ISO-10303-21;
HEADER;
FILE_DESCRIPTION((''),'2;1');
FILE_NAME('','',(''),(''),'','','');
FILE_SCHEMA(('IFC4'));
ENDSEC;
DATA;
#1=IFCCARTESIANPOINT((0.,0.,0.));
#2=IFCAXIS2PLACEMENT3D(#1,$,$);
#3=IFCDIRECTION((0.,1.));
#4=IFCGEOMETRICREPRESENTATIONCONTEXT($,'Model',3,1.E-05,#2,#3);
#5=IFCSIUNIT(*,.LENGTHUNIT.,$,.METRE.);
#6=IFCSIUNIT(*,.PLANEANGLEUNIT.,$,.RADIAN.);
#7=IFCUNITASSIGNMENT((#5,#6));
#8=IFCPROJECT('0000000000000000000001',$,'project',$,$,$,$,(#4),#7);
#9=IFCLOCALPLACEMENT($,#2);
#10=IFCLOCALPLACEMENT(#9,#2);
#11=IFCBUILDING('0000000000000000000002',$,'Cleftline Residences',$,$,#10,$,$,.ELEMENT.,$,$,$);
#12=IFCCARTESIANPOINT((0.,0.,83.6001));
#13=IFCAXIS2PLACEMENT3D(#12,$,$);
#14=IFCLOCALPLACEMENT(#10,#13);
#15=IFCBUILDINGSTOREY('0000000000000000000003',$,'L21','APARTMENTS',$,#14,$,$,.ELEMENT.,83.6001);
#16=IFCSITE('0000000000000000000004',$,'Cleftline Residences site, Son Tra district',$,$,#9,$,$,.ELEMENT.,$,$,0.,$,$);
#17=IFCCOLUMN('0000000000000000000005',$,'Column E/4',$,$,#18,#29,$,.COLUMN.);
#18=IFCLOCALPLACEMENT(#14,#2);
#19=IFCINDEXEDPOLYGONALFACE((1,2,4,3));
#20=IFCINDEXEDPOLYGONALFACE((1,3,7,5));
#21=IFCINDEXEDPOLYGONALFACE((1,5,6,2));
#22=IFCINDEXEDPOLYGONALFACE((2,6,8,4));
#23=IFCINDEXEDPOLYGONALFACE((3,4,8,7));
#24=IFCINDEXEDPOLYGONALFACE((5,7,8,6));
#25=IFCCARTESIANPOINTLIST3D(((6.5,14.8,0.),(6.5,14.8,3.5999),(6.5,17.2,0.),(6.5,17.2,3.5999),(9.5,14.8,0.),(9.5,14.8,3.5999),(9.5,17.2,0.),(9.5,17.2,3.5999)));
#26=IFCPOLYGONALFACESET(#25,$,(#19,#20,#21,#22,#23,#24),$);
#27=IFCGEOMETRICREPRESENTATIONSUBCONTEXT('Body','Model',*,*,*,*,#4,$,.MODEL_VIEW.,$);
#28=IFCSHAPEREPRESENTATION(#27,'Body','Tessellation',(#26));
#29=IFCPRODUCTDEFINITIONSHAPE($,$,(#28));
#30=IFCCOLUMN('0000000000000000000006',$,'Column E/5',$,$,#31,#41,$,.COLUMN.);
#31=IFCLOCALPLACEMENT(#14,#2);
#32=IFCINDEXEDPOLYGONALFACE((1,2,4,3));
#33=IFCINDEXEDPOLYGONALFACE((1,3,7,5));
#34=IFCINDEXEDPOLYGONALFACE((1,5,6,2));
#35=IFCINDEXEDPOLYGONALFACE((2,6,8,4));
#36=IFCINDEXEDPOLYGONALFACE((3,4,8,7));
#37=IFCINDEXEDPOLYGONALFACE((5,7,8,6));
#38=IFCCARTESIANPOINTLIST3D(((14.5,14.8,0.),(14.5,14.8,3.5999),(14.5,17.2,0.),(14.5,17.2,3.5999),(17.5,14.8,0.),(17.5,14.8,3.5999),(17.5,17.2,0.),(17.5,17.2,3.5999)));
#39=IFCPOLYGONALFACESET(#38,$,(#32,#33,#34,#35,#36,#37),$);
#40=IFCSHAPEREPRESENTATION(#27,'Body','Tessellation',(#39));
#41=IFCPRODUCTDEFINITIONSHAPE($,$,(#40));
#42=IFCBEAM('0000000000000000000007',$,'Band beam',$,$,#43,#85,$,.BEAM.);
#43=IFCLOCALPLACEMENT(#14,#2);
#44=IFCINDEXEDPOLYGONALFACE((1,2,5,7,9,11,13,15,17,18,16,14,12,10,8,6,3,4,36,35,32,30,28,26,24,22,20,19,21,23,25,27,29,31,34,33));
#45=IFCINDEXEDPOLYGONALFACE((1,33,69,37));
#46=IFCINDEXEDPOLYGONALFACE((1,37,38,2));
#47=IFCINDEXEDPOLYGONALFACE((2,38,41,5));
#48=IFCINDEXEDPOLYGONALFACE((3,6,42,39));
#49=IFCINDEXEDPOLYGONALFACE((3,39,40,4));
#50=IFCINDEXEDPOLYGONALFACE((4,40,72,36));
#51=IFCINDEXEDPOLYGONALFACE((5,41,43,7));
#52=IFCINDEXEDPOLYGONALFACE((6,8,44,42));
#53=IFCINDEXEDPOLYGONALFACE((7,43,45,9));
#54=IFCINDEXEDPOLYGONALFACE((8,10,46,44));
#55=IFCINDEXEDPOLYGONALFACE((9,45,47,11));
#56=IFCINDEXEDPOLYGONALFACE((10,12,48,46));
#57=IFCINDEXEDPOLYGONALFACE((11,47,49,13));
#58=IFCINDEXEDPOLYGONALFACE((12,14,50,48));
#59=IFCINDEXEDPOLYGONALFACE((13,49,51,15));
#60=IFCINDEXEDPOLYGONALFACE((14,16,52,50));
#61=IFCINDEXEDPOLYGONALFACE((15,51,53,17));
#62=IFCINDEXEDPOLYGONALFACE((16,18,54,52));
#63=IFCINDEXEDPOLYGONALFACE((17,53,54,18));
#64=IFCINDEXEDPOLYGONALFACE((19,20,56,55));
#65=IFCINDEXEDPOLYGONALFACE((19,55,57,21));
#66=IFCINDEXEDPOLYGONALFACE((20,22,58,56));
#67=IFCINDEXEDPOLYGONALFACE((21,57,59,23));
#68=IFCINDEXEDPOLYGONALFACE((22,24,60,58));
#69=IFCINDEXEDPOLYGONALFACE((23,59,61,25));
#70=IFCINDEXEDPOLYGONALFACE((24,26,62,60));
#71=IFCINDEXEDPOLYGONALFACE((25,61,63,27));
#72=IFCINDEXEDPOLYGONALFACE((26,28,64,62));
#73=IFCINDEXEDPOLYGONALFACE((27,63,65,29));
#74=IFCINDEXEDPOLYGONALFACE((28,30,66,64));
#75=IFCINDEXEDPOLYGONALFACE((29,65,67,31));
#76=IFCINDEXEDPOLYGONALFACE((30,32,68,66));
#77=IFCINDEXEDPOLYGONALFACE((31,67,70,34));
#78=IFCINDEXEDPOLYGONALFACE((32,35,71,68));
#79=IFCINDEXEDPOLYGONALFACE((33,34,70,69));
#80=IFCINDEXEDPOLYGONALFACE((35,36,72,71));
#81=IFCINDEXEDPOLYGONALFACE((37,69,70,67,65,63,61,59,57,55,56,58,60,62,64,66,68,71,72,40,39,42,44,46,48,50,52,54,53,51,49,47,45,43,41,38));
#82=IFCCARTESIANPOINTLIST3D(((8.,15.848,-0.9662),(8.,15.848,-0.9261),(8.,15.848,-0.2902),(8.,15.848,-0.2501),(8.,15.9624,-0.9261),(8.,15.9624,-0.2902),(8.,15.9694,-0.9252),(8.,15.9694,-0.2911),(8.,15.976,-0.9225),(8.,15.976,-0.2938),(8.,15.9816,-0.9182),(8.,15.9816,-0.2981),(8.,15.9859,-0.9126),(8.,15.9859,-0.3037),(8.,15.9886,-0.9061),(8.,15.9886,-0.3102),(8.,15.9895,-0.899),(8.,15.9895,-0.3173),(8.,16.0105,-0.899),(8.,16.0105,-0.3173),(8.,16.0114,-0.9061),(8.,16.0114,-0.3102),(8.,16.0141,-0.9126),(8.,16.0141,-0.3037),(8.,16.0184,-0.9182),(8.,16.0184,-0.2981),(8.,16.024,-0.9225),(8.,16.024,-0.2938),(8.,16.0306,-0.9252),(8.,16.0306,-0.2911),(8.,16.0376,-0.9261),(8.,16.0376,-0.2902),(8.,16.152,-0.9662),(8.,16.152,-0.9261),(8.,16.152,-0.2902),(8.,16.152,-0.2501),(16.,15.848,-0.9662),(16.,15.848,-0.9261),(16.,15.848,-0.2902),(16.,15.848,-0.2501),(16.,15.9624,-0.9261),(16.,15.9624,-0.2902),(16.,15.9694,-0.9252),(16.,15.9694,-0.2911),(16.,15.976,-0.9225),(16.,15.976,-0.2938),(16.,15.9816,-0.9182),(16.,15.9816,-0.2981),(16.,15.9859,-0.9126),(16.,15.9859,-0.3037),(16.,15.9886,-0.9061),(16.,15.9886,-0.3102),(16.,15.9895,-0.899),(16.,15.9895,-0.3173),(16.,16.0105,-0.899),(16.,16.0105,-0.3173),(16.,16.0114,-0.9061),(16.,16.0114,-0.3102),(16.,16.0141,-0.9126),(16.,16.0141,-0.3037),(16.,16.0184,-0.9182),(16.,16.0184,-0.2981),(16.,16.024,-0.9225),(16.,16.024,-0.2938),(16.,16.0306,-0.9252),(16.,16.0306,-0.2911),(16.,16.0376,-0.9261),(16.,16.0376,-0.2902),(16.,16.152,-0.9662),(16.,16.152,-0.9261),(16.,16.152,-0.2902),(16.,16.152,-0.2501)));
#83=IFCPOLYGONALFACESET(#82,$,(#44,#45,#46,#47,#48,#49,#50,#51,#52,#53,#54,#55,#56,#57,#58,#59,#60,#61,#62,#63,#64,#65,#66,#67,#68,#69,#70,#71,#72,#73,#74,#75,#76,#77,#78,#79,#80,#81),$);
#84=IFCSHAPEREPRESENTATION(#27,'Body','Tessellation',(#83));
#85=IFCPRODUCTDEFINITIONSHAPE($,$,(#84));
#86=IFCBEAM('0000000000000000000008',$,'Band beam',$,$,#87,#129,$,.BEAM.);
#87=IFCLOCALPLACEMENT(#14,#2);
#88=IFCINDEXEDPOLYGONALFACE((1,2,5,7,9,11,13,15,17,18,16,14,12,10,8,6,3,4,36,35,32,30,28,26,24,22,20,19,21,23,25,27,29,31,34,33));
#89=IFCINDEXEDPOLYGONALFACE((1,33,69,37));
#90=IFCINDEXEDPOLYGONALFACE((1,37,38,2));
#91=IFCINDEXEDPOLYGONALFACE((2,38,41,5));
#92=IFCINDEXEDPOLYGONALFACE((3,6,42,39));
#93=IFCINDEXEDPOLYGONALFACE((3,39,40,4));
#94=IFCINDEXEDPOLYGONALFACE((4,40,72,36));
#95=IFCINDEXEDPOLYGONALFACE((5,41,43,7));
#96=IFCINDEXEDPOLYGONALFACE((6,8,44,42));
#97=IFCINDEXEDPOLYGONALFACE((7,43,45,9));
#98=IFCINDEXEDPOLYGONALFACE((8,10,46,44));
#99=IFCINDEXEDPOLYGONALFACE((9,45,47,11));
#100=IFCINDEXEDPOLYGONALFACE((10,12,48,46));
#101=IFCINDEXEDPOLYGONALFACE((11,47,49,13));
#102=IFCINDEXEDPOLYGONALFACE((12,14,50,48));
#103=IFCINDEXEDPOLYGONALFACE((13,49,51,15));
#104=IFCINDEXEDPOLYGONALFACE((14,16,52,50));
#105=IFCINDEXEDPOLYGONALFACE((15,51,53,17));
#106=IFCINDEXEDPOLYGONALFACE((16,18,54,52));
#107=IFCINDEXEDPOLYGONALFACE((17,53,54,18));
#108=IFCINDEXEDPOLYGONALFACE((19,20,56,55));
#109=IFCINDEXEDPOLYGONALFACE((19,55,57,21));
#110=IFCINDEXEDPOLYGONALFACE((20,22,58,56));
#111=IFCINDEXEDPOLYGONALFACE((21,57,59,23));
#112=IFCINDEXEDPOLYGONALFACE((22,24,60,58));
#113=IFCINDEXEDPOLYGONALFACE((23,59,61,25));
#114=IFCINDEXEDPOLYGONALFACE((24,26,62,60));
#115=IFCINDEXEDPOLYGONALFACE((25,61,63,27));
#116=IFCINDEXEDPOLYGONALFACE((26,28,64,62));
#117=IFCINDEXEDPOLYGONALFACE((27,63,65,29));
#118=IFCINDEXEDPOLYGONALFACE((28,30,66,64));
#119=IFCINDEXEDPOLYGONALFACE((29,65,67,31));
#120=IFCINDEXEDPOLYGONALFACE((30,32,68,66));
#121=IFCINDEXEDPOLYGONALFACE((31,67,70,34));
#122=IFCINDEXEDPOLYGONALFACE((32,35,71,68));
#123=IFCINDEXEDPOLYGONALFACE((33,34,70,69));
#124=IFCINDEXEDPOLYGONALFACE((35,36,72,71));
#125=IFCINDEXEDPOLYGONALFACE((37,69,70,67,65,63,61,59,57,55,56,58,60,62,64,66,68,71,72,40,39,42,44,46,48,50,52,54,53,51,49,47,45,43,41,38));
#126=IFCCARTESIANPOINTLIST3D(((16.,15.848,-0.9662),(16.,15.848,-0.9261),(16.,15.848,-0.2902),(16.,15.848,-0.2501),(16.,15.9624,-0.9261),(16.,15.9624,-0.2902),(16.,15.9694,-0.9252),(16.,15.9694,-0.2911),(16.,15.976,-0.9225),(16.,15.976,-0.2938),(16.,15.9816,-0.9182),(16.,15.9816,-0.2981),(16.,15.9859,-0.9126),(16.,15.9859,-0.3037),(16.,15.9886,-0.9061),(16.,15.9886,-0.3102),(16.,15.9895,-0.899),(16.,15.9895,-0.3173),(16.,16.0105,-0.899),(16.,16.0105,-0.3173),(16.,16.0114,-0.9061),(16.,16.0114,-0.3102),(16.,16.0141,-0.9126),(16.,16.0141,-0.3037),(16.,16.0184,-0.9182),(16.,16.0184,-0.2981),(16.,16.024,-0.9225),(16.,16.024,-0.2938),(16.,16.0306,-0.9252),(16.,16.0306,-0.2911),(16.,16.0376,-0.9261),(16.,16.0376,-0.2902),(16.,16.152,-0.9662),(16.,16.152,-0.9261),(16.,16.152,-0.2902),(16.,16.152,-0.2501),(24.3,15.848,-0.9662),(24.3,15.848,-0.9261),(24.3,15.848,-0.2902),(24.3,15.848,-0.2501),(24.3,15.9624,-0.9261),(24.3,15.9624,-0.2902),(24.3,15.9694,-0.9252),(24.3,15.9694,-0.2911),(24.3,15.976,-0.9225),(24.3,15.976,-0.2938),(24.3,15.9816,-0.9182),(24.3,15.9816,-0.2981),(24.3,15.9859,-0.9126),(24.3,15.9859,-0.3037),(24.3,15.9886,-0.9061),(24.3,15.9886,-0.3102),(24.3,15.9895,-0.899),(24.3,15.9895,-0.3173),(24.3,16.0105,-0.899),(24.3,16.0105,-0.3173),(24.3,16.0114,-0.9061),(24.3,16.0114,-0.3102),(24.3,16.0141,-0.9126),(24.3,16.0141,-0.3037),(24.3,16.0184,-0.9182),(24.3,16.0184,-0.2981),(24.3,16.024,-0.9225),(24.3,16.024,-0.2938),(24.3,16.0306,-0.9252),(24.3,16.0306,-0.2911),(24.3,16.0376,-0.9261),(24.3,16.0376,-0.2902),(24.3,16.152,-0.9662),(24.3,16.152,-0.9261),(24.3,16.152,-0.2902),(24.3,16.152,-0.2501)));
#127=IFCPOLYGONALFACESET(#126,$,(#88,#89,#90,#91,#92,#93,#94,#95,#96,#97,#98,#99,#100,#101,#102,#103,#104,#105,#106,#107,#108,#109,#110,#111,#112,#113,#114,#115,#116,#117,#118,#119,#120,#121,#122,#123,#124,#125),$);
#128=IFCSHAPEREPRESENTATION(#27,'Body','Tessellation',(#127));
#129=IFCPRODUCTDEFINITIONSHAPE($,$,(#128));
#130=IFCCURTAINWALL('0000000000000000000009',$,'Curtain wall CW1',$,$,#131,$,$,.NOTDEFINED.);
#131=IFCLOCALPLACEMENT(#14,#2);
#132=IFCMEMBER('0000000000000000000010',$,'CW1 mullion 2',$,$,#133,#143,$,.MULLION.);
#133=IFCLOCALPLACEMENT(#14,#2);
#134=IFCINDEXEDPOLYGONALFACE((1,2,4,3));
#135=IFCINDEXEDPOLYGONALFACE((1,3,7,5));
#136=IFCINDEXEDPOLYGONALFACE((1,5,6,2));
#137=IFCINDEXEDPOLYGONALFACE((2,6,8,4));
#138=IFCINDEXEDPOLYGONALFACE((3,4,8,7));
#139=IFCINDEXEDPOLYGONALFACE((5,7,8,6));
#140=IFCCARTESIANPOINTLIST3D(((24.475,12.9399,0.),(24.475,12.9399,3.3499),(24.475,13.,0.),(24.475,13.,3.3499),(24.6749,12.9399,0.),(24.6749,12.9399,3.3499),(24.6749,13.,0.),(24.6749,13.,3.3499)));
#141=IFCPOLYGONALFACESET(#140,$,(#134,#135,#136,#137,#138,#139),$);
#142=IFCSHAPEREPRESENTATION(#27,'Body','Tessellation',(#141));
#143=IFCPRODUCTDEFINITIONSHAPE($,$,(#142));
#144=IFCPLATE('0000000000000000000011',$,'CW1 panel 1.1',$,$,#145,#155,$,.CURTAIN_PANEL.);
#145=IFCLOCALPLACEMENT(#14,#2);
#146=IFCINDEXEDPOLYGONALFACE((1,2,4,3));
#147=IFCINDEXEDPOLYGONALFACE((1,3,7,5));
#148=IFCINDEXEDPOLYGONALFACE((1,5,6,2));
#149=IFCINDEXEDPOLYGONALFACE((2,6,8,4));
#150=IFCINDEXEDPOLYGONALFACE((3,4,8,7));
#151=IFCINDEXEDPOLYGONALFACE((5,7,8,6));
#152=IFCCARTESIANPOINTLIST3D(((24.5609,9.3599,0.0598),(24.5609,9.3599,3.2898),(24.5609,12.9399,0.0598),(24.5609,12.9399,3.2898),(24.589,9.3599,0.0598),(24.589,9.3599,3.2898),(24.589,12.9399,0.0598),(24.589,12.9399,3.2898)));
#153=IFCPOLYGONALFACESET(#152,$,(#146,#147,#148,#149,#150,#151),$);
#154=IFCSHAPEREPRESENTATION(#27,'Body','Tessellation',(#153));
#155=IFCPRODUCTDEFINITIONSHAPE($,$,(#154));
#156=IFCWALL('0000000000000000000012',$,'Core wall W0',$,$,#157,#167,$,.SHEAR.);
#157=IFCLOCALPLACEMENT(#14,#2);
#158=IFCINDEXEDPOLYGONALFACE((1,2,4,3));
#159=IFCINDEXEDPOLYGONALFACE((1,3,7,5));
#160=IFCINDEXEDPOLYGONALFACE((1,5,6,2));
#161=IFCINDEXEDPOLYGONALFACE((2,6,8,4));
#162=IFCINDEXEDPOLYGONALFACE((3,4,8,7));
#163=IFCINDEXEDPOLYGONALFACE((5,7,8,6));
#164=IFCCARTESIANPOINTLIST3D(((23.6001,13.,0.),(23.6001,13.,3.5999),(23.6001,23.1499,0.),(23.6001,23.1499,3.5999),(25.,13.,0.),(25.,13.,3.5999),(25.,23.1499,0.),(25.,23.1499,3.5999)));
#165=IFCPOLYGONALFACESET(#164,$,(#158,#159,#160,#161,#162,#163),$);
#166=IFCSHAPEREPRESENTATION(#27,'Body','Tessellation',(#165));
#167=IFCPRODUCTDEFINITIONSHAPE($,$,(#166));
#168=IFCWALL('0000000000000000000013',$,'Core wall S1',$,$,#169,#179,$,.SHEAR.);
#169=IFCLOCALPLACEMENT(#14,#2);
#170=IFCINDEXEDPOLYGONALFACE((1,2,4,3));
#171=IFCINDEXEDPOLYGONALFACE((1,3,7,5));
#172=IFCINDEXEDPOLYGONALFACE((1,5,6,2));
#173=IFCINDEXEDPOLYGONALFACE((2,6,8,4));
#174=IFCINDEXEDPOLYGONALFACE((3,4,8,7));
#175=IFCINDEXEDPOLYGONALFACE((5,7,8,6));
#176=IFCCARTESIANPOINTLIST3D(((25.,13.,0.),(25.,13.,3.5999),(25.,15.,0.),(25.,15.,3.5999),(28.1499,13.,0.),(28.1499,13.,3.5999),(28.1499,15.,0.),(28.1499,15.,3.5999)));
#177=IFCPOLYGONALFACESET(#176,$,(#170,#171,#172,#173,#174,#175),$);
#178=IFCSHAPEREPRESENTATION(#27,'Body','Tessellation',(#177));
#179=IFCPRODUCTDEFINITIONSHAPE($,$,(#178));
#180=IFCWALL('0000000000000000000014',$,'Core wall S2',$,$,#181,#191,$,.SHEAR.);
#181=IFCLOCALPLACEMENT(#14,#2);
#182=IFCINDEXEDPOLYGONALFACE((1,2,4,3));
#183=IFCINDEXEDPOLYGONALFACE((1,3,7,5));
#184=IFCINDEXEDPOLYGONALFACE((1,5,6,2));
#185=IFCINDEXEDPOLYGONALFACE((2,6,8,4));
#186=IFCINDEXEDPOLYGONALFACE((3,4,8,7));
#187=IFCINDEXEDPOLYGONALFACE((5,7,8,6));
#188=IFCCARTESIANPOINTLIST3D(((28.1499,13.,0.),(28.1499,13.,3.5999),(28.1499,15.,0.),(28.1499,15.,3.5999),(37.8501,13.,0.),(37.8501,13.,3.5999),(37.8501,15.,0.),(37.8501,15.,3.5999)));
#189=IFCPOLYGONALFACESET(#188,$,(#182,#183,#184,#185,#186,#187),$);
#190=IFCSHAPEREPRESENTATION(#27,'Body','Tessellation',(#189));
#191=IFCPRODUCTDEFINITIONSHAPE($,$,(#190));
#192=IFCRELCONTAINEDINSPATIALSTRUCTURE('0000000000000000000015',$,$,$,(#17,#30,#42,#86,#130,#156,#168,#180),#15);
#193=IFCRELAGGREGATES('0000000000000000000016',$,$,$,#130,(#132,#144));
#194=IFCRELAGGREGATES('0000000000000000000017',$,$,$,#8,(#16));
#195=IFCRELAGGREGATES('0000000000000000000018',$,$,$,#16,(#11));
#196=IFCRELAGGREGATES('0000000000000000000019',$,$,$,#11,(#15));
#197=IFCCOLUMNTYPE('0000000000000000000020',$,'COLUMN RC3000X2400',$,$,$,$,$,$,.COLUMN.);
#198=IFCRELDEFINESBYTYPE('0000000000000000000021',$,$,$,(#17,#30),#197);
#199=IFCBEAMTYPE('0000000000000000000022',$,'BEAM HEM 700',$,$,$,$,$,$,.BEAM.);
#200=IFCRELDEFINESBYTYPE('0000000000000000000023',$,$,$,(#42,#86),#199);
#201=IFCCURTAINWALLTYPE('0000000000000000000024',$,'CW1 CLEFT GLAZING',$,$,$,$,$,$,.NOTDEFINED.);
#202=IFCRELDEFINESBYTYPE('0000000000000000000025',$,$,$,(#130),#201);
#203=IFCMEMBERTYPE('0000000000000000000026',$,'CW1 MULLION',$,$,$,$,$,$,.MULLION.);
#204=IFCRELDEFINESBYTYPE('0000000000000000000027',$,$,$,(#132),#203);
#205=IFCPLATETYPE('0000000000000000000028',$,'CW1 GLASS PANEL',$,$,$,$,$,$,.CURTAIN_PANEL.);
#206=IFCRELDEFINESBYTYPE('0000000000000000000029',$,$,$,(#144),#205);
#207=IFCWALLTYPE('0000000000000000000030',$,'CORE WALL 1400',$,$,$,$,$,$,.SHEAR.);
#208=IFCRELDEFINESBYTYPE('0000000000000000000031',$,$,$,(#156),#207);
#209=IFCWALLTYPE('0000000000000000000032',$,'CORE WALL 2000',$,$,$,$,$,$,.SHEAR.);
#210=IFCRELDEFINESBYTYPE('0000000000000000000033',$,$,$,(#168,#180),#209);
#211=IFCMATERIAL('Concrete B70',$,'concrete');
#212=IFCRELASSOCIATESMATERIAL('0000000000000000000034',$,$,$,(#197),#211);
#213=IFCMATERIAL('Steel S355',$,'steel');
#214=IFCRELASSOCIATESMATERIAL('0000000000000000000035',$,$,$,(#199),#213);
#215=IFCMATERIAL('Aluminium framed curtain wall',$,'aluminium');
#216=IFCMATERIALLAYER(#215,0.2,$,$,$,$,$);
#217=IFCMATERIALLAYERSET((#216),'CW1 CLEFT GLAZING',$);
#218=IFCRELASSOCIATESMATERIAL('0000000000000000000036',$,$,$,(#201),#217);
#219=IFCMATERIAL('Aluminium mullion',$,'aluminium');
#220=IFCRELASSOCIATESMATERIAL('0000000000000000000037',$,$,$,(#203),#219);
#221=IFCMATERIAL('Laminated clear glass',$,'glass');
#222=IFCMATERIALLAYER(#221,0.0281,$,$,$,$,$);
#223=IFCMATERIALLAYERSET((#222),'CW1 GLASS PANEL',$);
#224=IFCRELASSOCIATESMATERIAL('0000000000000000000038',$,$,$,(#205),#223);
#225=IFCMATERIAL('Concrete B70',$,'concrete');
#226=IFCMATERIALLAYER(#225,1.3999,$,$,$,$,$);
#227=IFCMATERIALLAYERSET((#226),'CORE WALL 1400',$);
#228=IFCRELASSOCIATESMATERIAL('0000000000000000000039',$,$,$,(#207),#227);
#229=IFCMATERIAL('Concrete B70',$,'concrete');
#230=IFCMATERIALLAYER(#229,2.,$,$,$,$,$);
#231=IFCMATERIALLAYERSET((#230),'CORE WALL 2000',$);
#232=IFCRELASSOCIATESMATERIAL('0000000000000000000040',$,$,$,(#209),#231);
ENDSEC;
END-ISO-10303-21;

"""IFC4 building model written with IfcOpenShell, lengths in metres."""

from ifc_helpers import new_model, si_unit, direction, frame, frame_2d, origin, origin_2d, place, context, subcontext, project, spatial, rectangle, i_section, extrude, material, layer, layer_set, material_profile, profile_set, type_object, element, aggregate, save


model = new_model("IFC4")

# Units and contexts
model_context = context("Model", 3, precision=1e-05, world=origin(), true_north=direction((0.0, 1.0)))
body_context = subcontext(model_context, "Body", "Model", "MODEL_VIEW")
ifc_project = project(units=[si_unit("LENGTHUNIT", "METRE"), si_unit("PLANEANGLEUNIT", "RADIAN")], contexts=[model_context])

# Site, building, storey
site_placement = place(None, origin())
site = spatial("IfcSite", under=ifc_project, at=site_placement, Name="Cleftline Residences site, Son Tra district", CompositionType="ELEMENT", RefElevation=0.0)
building_placement = place(site_placement, origin())
building = spatial("IfcBuilding", under=site, at=building_placement, Name="Cleftline Residences", CompositionType="ELEMENT")
storey_placement = place(building_placement, frame((0.0, 0.0, 83.6001)))
storey = spatial("IfcBuildingStorey", under=building, at=storey_placement, Name="L21", Description="APARTMENTS", CompositionType="ELEMENT", Elevation=83.6001)

# Columns
ifc_material_1 = material(Name="Concrete B70", Category="concrete")
ifc_material_profile_1 = material_profile(ifc_material_1, rectangle(XDim=3.0, YDim=2.3999, at=origin_2d()))
ifc_profile_set_1 = profile_set([ifc_material_profile_1], Name="Concrete B70")
column_type = type_object("IfcColumnType", Name="COLUMN RC3000X2400", PredefinedType="COLUMN", material=ifc_profile_set_1)
for number, where, z_axis, x_axis, name in (
    (1, (8.0, 16.0, 0.0), (0.0, 0.0, 1.0), (1.0, 0.0, 0.0), "Column E/4"),
    (2, (16.0, 16.0, 0.0), (0.0, 0.0, 1.0), (1.0, 0.0, 0.0), "Column E/5"),
):
    element("IfcColumn", number, at=place(storey_placement, frame(where, z_axis=z_axis, x_axis=x_axis)), inside=storey, type_object=column_type, Name=name, PredefinedType="COLUMN", context=body_context, shape_type="SweptSolid", body=[
        extrude(rectangle(XDim=3.0, YDim=2.3999, at=origin_2d()), origin(), (0.0, 0.0, 1.0), 3.5999),
    ])

# Beams
ifc_material_2 = material(Name="Steel S355", Category="steel")
ifc_material_profile_2 = material_profile(ifc_material_2, i_section(OverallWidth=0.304, OverallDepth=0.7161, WebThickness=0.021, FlangeThickness=0.04, FilletRadius=0.0271, at=origin_2d()))
ifc_profile_set_2 = profile_set([ifc_material_profile_2], Name="Steel S355")
beam_type = type_object("IfcBeamType", Name="BEAM HEM 700", PredefinedType="BEAM", material=ifc_profile_set_2)
beam_1_placement = place(storey_placement, frame((8.0, 16.0, -0.6082), z_axis=(1.0, 0.0, 0.0), x_axis=(0.0, 1.0, 0.0)))
element("IfcBeam", 3, at=beam_1_placement, inside=storey, type_object=beam_type, Name="Band beam", PredefinedType="BEAM", context=body_context, shape_type="SweptSolid", body=[
    extrude(i_section(OverallWidth=0.304, OverallDepth=0.7161, WebThickness=0.021, FlangeThickness=0.04, FilletRadius=0.0271, at=origin_2d()), origin(), (0.0, 0.0, 1.0), 8.0),
])
beam_2_placement = place(storey_placement, frame((16.0, 16.0, -0.6082), z_axis=(1.0, 0.0, 0.0), x_axis=(0.0, 1.0, 0.0)))
element("IfcBeam", 4, at=beam_2_placement, inside=storey, type_object=beam_type, Name="Band beam", PredefinedType="BEAM", context=body_context, shape_type="SweptSolid", body=[
    extrude(i_section(OverallWidth=0.304, OverallDepth=0.7161, WebThickness=0.021, FlangeThickness=0.04, FilletRadius=0.0271, at=origin_2d()), origin(), (0.0, 0.0, 1.0), 8.3),
])

# Curtain wall, member, plate
ifc_material_3 = material(Name="Aluminium framed curtain wall", Category="aluminium")
ifc_layer_1 = layer(ifc_material_3, 0.2)
ifc_layer_set_1 = layer_set([ifc_layer_1], Name="CW1 CLEFT GLAZING")
curtain_wall_type = type_object("IfcCurtainWallType", Name="CW1 CLEFT GLAZING", PredefinedType="NOTDEFINED", material=ifc_layer_set_1)
curtain_wall_placement = place(storey_placement, origin())
curtain_wall = element("IfcCurtainWall", 5, at=curtain_wall_placement, inside=storey, type_object=curtain_wall_type, Name="Curtain wall CW1", PredefinedType="NOTDEFINED")
ifc_material_4 = material(Name="Aluminium mullion", Category="aluminium")
ifc_material_profile_3 = material_profile(ifc_material_4, rectangle(XDim=0.2, YDim=0.0601, at=origin_2d()))
ifc_profile_set_3 = profile_set([ifc_material_profile_3], Name="Aluminium mullion")
member_type = type_object("IfcMemberType", Name="CW1 MULLION", PredefinedType="MULLION", material=ifc_profile_set_3)
member_placement = place(storey_placement, frame((24.575, 12.97, 0.0), z_axis=(0.0, 0.0, 1.0), x_axis=(-1.0, 0.0, 0.0)))
member = element("IfcMember", 6, at=member_placement, type_object=member_type, Name="CW1 mullion 2", PredefinedType="MULLION", context=body_context, shape_type="SweptSolid", body=[
    extrude(rectangle(XDim=0.2, YDim=0.0601, at=origin_2d()), origin(), (0.0, 0.0, 1.0), 3.3499),
])
ifc_material_5 = material(Name="Laminated clear glass", Category="glass")
ifc_layer_2 = layer(ifc_material_5, 0.0281)
ifc_layer_set_2 = layer_set([ifc_layer_2], Name="CW1 GLASS PANEL")
plate_type = type_object("IfcPlateType", Name="CW1 GLASS PANEL", PredefinedType="CURTAIN_PANEL", material=ifc_layer_set_2)
plate_placement = place(storey_placement, frame((24.575, 11.1499, 0.0598), z_axis=(0.0, 0.0, 1.0), x_axis=(0.0, 1.0, 0.0)))
plate = element("IfcPlate", 7, at=plate_placement, type_object=plate_type, Name="CW1 panel 1.1", PredefinedType="CURTAIN_PANEL", context=body_context, shape_type="SweptSolid", body=[
    extrude(rectangle(XDim=3.5801, YDim=0.0281, at=origin_2d()), origin(), (0.0, 0.0, 1.0), 3.23),
])
aggregate(curtain_wall, [member, plate])

# Wall
ifc_material_6 = material(Name="Concrete B70", Category="concrete")
ifc_layer_3 = layer(ifc_material_6, 1.3999)
ifc_layer_set_3 = layer_set([ifc_layer_3], Name="CORE WALL 1400")
wall_type_1 = type_object("IfcWallType", Name="CORE WALL 1400", PredefinedType="SHEAR", material=ifc_layer_set_3)
wall_1_placement = place(storey_placement, frame((24.3, 13.0, 0.0), z_axis=(0.0, 0.0, 1.0), x_axis=(0.0, 1.0, 0.0)))
element("IfcWall", 8, at=wall_1_placement, inside=storey, type_object=wall_type_1, Name="Core wall W0", PredefinedType="SHEAR", context=body_context, shape_type="SweptSolid", body=[
    extrude(rectangle(XDim=10.1499, YDim=1.3999, at=frame_2d((5.075, 0.0))), origin(), (0.0, 0.0, 1.0), 3.5999),
])

# Walls
ifc_material_7 = material(Name="Concrete B70", Category="concrete")
ifc_layer_4 = layer(ifc_material_7, 2.0)
ifc_layer_set_4 = layer_set([ifc_layer_4], Name="CORE WALL 2000")
wall_type_2 = type_object("IfcWallType", Name="CORE WALL 2000", PredefinedType="SHEAR", material=ifc_layer_set_4)
wall_2_placement = place(storey_placement, frame((25.0, 14.0, 0.0), z_axis=(0.0, 0.0, 1.0), x_axis=(1.0, 0.0, 0.0)))
element("IfcWall", 9, at=wall_2_placement, inside=storey, type_object=wall_type_2, Name="Core wall S1", PredefinedType="SHEAR", context=body_context, shape_type="SweptSolid", body=[
    extrude(rectangle(XDim=3.1499, YDim=2.0, at=frame_2d((1.575, 0.0))), origin(), (0.0, 0.0, 1.0), 3.5999),
])
wall_3_placement = place(storey_placement, frame((28.1499, 14.0, 0.0), z_axis=(0.0, 0.0, 1.0), x_axis=(1.0, 0.0, 0.0)))
element("IfcWall", 10, at=wall_3_placement, inside=storey, type_object=wall_type_2, Name="Core wall S2", PredefinedType="SHEAR", context=body_context, shape_type="SweptSolid", body=[
    extrude(rectangle(XDim=9.7002, YDim=2.0, at=frame_2d((4.8501, 0.0))), origin(), (0.0, 0.0, 1.0), 3.5999),
])

save(model, "model.ifc")
